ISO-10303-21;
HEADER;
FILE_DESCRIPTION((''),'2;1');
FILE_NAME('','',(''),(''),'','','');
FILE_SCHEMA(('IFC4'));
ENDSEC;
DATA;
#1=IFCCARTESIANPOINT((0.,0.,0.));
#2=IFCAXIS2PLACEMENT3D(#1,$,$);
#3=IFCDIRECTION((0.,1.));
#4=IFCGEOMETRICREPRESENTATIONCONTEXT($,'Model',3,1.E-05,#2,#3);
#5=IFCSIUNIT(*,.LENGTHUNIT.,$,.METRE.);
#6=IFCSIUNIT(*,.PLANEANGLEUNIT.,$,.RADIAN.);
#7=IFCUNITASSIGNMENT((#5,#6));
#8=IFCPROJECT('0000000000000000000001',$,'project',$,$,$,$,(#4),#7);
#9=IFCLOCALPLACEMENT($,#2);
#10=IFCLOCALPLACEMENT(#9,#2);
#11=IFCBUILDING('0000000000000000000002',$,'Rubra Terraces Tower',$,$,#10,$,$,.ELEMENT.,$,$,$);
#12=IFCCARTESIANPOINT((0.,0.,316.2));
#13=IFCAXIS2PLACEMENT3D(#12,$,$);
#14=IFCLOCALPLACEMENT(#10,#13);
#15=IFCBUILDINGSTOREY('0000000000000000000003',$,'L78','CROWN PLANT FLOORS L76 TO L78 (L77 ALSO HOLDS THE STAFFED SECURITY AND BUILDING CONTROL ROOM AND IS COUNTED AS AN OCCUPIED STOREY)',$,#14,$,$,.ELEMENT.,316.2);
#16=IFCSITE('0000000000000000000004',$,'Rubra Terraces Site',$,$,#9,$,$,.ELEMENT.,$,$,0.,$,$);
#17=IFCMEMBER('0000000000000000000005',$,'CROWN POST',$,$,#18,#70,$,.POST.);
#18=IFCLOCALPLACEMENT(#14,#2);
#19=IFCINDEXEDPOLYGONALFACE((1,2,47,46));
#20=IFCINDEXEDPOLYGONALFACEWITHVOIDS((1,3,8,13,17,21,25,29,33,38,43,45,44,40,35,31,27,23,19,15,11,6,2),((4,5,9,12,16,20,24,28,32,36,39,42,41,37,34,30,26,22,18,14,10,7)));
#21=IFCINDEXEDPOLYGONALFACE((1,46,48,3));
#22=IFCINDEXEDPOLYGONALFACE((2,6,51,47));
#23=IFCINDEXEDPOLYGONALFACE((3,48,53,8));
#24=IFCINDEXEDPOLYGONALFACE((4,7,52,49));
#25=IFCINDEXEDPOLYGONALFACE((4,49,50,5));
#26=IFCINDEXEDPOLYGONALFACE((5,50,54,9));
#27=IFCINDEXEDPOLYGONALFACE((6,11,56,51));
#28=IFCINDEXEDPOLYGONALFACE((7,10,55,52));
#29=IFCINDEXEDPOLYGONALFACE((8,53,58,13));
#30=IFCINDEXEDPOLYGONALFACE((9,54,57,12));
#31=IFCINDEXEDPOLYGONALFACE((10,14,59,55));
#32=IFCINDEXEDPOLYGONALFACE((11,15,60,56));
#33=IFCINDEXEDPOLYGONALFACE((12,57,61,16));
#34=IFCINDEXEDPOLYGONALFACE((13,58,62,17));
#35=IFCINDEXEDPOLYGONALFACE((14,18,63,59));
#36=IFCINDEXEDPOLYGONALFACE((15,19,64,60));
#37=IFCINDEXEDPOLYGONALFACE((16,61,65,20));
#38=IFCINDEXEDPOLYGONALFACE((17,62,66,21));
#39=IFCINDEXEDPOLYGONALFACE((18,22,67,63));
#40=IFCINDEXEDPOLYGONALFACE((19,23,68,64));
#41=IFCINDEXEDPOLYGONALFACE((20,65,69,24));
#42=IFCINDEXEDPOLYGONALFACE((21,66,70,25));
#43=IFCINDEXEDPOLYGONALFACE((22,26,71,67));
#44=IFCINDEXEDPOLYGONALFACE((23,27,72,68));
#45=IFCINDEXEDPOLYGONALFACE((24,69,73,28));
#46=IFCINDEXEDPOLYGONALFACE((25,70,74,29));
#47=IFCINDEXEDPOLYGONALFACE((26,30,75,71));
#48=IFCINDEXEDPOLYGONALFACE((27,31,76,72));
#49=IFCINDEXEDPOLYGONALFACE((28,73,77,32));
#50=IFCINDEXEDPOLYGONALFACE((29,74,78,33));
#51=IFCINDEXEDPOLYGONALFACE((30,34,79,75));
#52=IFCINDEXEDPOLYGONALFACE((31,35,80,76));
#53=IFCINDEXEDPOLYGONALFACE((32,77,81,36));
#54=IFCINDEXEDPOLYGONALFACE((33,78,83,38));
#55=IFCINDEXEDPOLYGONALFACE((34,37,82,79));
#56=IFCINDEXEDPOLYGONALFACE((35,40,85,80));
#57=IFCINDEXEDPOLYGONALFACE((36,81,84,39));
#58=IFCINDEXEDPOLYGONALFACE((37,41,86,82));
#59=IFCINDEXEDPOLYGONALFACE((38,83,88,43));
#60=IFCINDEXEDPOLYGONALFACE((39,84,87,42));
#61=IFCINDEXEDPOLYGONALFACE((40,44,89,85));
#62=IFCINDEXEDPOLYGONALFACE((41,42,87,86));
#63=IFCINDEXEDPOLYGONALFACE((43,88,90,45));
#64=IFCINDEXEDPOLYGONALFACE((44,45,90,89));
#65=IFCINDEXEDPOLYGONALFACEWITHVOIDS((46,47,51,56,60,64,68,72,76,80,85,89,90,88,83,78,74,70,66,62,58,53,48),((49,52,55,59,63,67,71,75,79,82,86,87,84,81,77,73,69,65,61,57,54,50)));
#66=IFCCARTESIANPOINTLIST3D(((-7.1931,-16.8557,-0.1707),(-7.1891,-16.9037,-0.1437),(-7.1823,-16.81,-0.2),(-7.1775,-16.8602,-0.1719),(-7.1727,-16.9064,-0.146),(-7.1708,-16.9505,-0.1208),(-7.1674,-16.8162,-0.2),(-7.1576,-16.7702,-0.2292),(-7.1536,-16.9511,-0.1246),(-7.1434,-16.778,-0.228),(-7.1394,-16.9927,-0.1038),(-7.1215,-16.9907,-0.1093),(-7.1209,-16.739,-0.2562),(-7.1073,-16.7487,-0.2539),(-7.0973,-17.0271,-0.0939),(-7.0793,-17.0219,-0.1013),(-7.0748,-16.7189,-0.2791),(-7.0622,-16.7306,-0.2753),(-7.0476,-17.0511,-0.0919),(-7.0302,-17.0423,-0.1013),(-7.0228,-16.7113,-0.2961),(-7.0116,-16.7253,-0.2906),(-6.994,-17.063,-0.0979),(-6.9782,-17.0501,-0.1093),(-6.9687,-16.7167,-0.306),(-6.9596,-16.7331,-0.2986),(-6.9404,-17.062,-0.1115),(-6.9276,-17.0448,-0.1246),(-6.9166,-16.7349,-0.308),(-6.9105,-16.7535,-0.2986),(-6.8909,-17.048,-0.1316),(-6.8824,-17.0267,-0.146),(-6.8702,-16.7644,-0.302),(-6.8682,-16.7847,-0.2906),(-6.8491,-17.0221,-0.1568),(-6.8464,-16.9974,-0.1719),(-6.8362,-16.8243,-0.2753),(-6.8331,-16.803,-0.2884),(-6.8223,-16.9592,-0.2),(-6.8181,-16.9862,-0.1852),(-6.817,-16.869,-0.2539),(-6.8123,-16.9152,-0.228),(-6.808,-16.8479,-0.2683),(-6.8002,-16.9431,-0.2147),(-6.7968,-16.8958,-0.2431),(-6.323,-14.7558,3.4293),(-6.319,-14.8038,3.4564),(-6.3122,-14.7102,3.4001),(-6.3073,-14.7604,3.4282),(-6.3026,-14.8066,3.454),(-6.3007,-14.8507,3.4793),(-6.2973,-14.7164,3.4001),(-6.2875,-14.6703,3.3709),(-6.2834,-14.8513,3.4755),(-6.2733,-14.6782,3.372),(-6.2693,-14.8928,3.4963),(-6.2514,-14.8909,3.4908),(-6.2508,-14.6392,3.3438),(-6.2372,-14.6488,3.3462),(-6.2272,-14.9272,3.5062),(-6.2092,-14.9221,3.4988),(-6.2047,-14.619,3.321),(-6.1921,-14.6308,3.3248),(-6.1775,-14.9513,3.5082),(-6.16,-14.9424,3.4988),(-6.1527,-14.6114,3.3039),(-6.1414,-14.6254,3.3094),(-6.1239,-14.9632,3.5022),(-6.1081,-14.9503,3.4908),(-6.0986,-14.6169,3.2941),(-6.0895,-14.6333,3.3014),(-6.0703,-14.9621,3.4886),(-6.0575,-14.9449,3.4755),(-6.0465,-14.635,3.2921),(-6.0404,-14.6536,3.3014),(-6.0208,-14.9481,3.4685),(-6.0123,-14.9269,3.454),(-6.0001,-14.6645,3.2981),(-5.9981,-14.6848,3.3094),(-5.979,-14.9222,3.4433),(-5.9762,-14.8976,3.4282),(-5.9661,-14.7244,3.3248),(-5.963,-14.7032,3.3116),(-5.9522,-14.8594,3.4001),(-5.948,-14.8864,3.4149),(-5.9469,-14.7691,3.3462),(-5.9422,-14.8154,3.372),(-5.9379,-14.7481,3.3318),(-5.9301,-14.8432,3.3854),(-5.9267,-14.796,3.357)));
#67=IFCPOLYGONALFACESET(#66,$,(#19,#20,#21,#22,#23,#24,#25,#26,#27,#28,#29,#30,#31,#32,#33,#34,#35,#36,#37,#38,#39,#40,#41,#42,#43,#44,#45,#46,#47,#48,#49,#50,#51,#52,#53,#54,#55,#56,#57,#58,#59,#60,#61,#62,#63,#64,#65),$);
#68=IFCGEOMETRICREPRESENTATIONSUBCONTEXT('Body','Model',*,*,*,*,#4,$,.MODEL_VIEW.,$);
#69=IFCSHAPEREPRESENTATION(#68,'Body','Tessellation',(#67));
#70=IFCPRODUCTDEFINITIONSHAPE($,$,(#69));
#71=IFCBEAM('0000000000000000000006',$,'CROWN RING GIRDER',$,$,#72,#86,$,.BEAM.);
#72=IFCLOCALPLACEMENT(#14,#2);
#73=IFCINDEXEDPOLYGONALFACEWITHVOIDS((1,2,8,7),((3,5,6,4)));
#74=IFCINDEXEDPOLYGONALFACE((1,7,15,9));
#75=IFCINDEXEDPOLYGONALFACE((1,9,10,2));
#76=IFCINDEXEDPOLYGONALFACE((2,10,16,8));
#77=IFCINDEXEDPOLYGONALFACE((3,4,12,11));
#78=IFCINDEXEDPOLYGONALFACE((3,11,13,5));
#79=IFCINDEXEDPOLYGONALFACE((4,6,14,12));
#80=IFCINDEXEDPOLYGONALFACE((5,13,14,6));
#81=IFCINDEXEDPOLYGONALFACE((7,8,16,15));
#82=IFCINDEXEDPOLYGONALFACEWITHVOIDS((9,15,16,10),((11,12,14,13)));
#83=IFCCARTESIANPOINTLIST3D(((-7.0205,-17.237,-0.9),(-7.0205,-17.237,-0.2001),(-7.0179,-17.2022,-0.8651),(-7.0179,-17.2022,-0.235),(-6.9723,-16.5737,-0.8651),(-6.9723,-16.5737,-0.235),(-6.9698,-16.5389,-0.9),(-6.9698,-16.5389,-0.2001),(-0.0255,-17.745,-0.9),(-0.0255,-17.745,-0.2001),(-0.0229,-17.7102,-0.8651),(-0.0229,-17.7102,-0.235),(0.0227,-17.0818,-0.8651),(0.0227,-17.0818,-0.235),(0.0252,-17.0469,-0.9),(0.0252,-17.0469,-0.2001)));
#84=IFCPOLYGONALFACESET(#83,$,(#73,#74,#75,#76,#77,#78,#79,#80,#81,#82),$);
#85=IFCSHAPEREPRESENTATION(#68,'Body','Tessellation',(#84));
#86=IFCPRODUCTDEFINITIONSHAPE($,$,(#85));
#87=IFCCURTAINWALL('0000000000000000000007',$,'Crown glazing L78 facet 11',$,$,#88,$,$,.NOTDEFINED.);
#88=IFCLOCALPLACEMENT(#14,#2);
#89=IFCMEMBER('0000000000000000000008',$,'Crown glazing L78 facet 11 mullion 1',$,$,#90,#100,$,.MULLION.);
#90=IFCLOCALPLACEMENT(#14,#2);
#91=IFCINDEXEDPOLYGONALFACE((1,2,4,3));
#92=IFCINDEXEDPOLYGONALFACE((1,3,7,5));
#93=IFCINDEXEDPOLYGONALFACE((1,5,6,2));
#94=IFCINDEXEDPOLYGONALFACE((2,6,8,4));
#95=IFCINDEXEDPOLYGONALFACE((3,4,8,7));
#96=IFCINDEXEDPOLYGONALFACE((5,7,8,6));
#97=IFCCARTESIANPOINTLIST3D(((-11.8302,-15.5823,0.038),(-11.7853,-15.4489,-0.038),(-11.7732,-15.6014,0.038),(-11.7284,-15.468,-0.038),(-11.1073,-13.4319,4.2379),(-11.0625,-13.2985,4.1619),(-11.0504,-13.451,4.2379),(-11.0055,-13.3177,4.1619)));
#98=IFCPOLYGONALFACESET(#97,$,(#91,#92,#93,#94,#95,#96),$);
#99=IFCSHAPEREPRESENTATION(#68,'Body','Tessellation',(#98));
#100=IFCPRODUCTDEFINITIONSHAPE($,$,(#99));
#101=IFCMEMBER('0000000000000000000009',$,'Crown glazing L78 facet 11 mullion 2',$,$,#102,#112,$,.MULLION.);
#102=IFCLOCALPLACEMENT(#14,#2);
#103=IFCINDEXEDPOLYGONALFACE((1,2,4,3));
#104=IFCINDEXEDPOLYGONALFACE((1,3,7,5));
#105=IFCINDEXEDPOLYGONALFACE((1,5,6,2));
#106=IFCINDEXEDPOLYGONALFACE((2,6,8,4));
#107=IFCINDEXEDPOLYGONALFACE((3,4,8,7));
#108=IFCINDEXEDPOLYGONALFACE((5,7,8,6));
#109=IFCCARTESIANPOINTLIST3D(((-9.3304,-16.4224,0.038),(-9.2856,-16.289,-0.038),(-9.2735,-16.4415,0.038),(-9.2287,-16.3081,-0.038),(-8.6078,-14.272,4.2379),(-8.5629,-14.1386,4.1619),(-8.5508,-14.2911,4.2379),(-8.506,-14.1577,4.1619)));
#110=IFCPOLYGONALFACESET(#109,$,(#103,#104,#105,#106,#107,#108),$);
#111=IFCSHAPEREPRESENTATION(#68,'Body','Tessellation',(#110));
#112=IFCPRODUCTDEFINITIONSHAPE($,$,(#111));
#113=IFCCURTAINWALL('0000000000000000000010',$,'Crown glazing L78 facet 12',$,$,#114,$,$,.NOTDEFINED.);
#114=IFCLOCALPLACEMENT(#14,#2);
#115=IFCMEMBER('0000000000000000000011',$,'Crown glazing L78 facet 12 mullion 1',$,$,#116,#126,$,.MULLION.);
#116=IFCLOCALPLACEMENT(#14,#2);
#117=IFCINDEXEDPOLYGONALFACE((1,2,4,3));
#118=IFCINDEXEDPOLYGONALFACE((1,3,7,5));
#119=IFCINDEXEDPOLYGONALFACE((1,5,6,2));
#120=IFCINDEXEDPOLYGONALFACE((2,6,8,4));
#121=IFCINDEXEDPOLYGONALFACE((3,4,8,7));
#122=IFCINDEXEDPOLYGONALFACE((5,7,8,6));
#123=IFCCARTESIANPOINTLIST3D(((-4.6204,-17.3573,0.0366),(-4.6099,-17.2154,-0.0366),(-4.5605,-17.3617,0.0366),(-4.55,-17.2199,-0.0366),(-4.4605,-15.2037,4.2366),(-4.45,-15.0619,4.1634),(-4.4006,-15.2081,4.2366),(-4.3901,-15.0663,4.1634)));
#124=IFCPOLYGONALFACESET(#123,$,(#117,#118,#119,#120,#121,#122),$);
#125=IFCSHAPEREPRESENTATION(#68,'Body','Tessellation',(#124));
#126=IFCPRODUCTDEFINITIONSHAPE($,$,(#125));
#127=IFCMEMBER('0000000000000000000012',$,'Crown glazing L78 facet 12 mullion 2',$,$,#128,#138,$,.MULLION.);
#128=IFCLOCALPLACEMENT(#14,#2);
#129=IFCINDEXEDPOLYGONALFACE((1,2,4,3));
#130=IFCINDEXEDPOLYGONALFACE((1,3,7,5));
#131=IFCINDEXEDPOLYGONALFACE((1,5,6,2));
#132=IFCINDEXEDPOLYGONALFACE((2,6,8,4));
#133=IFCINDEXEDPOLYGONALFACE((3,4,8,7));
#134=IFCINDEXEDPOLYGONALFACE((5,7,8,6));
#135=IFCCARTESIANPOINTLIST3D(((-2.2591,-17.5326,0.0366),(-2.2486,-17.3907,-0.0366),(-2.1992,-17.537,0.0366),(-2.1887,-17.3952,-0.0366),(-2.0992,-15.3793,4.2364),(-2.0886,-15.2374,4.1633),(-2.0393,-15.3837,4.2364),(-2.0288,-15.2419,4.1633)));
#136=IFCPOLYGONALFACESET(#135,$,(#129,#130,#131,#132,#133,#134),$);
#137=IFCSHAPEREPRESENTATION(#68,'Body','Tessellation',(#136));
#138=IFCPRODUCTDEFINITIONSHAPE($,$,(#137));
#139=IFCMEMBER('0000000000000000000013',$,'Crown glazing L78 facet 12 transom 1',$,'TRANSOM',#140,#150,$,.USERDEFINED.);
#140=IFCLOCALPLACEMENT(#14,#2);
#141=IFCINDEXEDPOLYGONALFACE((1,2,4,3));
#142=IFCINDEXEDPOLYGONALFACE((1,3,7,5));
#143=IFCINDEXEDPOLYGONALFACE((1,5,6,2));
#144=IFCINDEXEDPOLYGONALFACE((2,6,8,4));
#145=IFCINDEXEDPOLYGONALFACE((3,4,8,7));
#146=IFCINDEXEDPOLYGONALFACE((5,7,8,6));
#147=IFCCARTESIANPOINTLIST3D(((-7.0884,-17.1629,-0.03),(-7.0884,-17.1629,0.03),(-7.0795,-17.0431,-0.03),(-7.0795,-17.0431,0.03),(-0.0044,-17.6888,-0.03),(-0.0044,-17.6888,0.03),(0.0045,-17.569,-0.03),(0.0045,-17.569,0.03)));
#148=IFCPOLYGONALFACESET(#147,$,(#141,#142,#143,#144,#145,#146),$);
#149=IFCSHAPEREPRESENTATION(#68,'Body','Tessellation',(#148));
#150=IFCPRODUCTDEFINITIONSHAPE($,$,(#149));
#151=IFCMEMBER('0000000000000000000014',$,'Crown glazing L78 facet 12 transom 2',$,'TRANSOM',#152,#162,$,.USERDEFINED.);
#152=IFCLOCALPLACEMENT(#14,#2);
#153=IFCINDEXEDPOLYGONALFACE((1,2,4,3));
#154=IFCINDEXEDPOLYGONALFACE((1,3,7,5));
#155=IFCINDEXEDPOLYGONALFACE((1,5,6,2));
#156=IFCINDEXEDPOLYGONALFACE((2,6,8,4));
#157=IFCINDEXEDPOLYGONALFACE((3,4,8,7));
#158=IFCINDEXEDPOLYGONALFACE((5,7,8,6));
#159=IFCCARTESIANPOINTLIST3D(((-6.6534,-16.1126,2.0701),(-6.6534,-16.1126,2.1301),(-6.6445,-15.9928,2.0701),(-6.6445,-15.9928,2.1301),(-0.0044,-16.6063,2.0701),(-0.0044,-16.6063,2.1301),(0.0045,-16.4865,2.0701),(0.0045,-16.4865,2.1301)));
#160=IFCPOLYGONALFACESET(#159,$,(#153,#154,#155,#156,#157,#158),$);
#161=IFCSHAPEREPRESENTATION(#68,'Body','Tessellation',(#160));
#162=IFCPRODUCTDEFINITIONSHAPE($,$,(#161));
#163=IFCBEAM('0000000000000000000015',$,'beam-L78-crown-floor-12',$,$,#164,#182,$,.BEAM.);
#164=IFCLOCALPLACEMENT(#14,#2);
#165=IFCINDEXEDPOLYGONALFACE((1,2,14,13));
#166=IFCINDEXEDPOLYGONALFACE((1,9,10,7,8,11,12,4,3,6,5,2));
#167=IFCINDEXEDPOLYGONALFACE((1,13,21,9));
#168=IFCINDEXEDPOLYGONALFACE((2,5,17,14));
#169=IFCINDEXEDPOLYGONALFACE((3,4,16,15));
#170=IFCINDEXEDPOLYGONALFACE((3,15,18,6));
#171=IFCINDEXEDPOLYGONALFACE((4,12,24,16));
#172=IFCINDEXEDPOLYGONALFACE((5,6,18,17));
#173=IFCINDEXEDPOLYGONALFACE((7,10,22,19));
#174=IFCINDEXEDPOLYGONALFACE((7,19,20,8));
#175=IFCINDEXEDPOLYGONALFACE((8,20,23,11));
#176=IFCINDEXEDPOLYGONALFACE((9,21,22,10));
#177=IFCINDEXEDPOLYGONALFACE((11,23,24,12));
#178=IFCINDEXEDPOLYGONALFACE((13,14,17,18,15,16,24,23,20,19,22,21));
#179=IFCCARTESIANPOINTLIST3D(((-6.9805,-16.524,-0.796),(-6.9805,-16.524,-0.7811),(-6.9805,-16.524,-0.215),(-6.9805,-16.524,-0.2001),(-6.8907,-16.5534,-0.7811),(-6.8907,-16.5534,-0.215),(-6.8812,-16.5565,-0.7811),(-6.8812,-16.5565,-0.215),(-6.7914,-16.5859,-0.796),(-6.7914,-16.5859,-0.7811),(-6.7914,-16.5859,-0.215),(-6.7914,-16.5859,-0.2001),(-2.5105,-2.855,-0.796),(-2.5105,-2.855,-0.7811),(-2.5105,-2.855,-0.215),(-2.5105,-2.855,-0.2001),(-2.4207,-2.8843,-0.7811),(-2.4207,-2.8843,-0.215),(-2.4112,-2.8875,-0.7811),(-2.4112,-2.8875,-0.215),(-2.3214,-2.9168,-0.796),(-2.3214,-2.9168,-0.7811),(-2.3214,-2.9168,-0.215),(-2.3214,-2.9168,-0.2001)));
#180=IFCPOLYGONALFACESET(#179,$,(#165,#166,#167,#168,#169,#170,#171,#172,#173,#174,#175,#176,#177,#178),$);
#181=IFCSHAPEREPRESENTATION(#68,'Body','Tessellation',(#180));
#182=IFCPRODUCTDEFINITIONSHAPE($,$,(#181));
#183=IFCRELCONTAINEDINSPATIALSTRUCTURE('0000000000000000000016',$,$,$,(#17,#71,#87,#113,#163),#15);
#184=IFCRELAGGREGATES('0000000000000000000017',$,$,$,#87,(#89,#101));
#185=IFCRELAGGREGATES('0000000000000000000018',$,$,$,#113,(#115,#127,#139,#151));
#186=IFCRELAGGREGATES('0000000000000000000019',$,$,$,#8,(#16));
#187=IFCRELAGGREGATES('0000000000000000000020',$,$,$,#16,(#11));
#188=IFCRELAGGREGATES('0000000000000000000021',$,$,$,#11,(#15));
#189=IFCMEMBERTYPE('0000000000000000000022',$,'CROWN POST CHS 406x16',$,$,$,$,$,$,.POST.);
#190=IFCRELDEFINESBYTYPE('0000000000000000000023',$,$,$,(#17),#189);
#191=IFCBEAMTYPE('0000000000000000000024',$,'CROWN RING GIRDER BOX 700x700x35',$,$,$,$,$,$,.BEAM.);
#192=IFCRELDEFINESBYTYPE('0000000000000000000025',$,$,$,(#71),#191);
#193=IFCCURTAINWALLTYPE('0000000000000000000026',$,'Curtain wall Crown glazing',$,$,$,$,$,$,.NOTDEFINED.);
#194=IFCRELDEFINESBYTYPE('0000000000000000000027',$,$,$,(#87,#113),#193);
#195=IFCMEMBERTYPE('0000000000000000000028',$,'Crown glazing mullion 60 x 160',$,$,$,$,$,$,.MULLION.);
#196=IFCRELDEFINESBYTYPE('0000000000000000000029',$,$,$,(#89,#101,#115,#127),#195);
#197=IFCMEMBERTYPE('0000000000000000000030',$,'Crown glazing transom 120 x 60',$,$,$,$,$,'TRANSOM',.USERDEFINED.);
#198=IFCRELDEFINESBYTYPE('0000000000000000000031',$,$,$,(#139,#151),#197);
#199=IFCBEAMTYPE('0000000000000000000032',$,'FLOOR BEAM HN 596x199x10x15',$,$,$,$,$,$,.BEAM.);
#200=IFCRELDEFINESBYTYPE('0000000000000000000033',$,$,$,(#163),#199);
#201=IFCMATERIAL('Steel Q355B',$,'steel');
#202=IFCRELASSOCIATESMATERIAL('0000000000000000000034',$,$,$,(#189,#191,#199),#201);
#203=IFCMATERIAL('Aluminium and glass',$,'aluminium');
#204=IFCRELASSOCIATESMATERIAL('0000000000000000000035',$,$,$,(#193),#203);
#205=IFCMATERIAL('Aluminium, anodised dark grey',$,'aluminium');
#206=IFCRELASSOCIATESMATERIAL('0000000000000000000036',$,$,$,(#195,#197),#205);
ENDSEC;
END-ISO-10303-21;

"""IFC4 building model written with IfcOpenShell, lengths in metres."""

from ifc_helpers import new_model, si_unit, direction, frame, origin, origin_2d, place, context, subcontext, project, spatial, rectangle, hollow_rectangle, hollow_circle, i_section, extrude, material, material_profile, profile_set, type_object, element, aggregate, save


model = new_model("IFC4")

# Units and contexts
model_context = context("Model", 3, precision=1e-05, world=origin(), true_north=direction((0.0, 1.0)))
body_context = subcontext(model_context, "Body", "Model", "MODEL_VIEW")
ifc_project = project(units=[si_unit("LENGTHUNIT", "METRE"), si_unit("PLANEANGLEUNIT", "RADIAN")], contexts=[model_context])

# Site, building, storey
site_placement = place(None, origin())
site = spatial("IfcSite", under=ifc_project, at=site_placement, Name="Rubra Terraces Site", CompositionType="ELEMENT", RefElevation=0.0)
building_placement = place(site_placement, origin())
building = spatial("IfcBuilding", under=site, at=building_placement, Name="Rubra Terraces Tower", CompositionType="ELEMENT")
storey_placement = place(building_placement, frame((0.0, 0.0, 316.2)))
storey = spatial("IfcBuildingStorey", under=building, at=storey_placement, Name="L78", Description="CROWN PLANT FLOORS L76 TO L78 (L77 ALSO HOLDS THE STAFFED SECURITY AND BUILDING CONTROL ROOM AND IS COUNTED AS AN OCCUPIED STOREY)", CompositionType="ELEMENT", Elevation=316.2)

# Member
ifc_material_1 = material(Name="Steel Q355B", Category="steel")
ifc_material_profile_1 = material_profile(ifc_material_1, hollow_circle(Radius=0.2029, WallThickness=0.0161, at=origin_2d()), Name="CHS 406x16")
ifc_profile_set_1 = profile_set([ifc_material_profile_1], Name="Steel Q355B")
member_type_1 = type_object("IfcMemberType", Name="CROWN POST CHS 406x16", PredefinedType="POST", material=ifc_profile_set_1)
member_1_placement = place(storey_placement, frame((-6.9949, -16.8877, -0.2), z_axis=(0.204368, 0.493201, 0.845569), x_axis=(-0.923828, 0.382807, 0.0)))
element("IfcMember", 1, at=member_1_placement, inside=storey, type_object=member_type_1, Name="CROWN POST", PredefinedType="POST", context=body_context, shape_type="SweptSolid", body=[
    extrude(hollow_circle(Radius=0.2029, WallThickness=0.0161, at=origin_2d()), origin(), (0.0, 0.0, 1.0), 4.2576),
])

# Beam
ifc_material_profile_2 = material_profile(ifc_material_1, hollow_rectangle(XDim=0.7, YDim=0.7, WallThickness=0.0349, at=origin_2d()), Name="BOX 700x700x35")
ifc_profile_set_2 = profile_set([ifc_material_profile_2], Name="Steel Q355B")
beam_type_1 = type_object("IfcBeamType", Name="CROWN RING GIRDER BOX 700x700x35", PredefinedType="BEAM", material=ifc_profile_set_2)
beam_1_placement = place(storey_placement, frame((-6.9951, -16.8879, -0.55), z_axis=(0.997373, -0.072439, 0.0), x_axis=(0.072439, 0.997373, 0.0)))
element("IfcBeam", 2, at=beam_1_placement, inside=storey, type_object=beam_type_1, Name="CROWN RING GIRDER", PredefinedType="BEAM", context=body_context, shape_type="SweptSolid", body=[
    extrude(hollow_rectangle(XDim=0.7, YDim=0.7, WallThickness=0.0349, at=origin_2d()), origin(), (0.0, 0.0, 1.0), 7.0134),
])

# Curtain walls, members
ifc_material_2 = material(Name="Aluminium and glass", Category="aluminium")
curtain_wall_type = type_object("IfcCurtainWallType", Name="Curtain wall Crown glazing", PredefinedType="NOTDEFINED", material=ifc_material_2)
curtain_wall_1_placement = place(storey_placement, origin())
curtain_wall_1 = element("IfcCurtainWall", 3, at=curtain_wall_1_placement, inside=storey, type_object=curtain_wall_type, Name="Crown glazing L78 facet 11", PredefinedType="NOTDEFINED")
ifc_material_3 = material(Name="Aluminium, anodised dark grey", Category="aluminium")
ifc_material_profile_3 = material_profile(ifc_material_3, rectangle(XDim=0.0601, YDim=0.1599, at=origin_2d()), Name="AL 60x160")
ifc_profile_set_3 = profile_set([ifc_material_profile_3], Name="Aluminium, anodised dark grey")
member_type_2 = type_object("IfcMemberType", Name="Crown glazing mullion 60 x 160", PredefinedType="MULLION", material=ifc_profile_set_3)
member_2_placement = place(storey_placement, frame((-11.7793, -15.5251, 0.0), z_axis=(0.15144, 0.450485, 0.879846), x_axis=(-0.947873, 0.318648, 0.0)))
member_2 = element("IfcMember", 4, at=member_2_placement, type_object=member_type_2, Name="Crown glazing L78 facet 11 mullion 1", PredefinedType="MULLION", context=body_context, shape_type="SweptSolid", body=[
    extrude(rectangle(XDim=0.0601, YDim=0.1599, at=origin_2d()), origin(), (0.0, 0.0, 1.0), 4.7734),
])
member_3_placement = place(storey_placement, frame((-9.2795, -16.3652, 0.0), z_axis=(0.15139, 0.450488, 0.879853), x_axis=(-0.947906, 0.318551, 0.0)))
member_3 = element("IfcMember", 5, at=member_3_placement, type_object=member_type_2, Name="Crown glazing L78 facet 11 mullion 2", PredefinedType="MULLION", context=body_context, shape_type="SweptSolid", body=[
    extrude(rectangle(XDim=0.0601, YDim=0.1599, at=origin_2d()), origin(), (0.0, 0.0, 1.0), 4.7734),
])
curtain_wall_2_placement = place(storey_placement, origin())
curtain_wall_2 = element("IfcCurtainWall", 6, at=curtain_wall_2_placement, inside=storey, type_object=curtain_wall_type, Name="Crown glazing L78 facet 12", PredefinedType="NOTDEFINED")
member_4_placement = place(storey_placement, frame((-4.5852, -17.2886, 0.0), z_axis=(0.033861, 0.456012, 0.889329), x_axis=(-0.997254, 0.074051, 0.0)))
member_4 = element("IfcMember", 7, at=member_4_placement, type_object=member_type_2, Name="Crown glazing L78 facet 12 mullion 1", PredefinedType="MULLION", context=body_context, shape_type="SweptSolid", body=[
    extrude(rectangle(XDim=0.0601, YDim=0.1599, at=origin_2d()), origin(), (0.0, 0.0, 1.0), 4.7227),
])
member_5_placement = place(storey_placement, frame((-2.2239, -17.4639, 0.0), z_axis=(0.033862, 0.455971, 0.88935), x_axis=(-0.997254, 0.074059, 0.0)))
member_5 = element("IfcMember", 8, at=member_5_placement, type_object=member_type_2, Name="Crown glazing L78 facet 12 mullion 2", PredefinedType="MULLION", context=body_context, shape_type="SweptSolid", body=[
    extrude(rectangle(XDim=0.0601, YDim=0.1599, at=origin_2d()), origin(), (0.0, 0.0, 1.0), 4.7224),
])
ifc_material_profile_4 = material_profile(ifc_material_3, rectangle(XDim=0.1201, YDim=0.0601, at=origin_2d()), Name="AL 120x60")
ifc_profile_set_4 = profile_set([ifc_material_profile_4], Name="Aluminium, anodised dark grey")
member_type_3 = type_object("IfcMemberType", Name="Crown glazing transom 120 x 60", ElementType="TRANSOM", PredefinedType="USERDEFINED", material=ifc_profile_set_4)
member_6_placement = place(storey_placement, frame((-7.084, -17.103, 0.0), z_axis=(0.997256, -0.074031, 0.0), x_axis=(0.074031, 0.997256, 0.0)))
member_6 = element("IfcMember", 9, at=member_6_placement, type_object=member_type_3, Name="Crown glazing L78 facet 12 transom 1", ObjectType="TRANSOM", PredefinedType="USERDEFINED", context=body_context, shape_type="SweptSolid", body=[
    extrude(rectangle(XDim=0.1201, YDim=0.0601, at=origin_2d()), origin(), (0.0, 0.0, 1.0), 7.1035),
])
member_7_placement = place(storey_placement, frame((-6.6489, -16.0527, 2.1001), z_axis=(0.997255, -0.074042, 0.0), x_axis=(0.074042, 0.997255, 0.0)))
member_7 = element("IfcMember", 10, at=member_7_placement, type_object=member_type_3, Name="Crown glazing L78 facet 12 transom 2", ObjectType="TRANSOM", PredefinedType="USERDEFINED", context=body_context, shape_type="SweptSolid", body=[
    extrude(rectangle(XDim=0.1201, YDim=0.0601, at=origin_2d()), origin(), (0.0, 0.0, 1.0), 6.6672),
])

# Beam
ifc_material_profile_5 = material_profile(ifc_material_1, i_section(OverallWidth=0.199, OverallDepth=0.5959, WebThickness=0.01, FlangeThickness=0.0149, at=origin_2d()), Name="HN 596x199x10x15")
ifc_profile_set_5 = profile_set([ifc_material_profile_5], Name="Steel Q355B")
beam_type_2 = type_object("IfcBeamType", Name="FLOOR BEAM HN 596x199x10x15", PredefinedType="BEAM", material=ifc_profile_set_5)
beam_2_placement = place(storey_placement, frame((-6.886, -16.5549, -0.498), z_axis=(0.310819, 0.950469, 0.0), x_axis=(-0.950469, 0.310819, 0.0)))
element("IfcBeam", 11, at=beam_2_placement, inside=storey, type_object=beam_type_2, Name="beam-L78-crown-floor-12", PredefinedType="BEAM", context=body_context, shape_type="SweptSolid", body=[
    extrude(i_section(OverallWidth=0.199, OverallDepth=0.5959, WebThickness=0.01, FlangeThickness=0.0149, at=origin_2d()), origin(), (0.0, 0.0, 1.0), 14.3813),
])

aggregate(curtain_wall_1, [member_2, member_3])
aggregate(curtain_wall_2, [member_4, member_5, member_6, member_7])

save(model, "model.ifc")
